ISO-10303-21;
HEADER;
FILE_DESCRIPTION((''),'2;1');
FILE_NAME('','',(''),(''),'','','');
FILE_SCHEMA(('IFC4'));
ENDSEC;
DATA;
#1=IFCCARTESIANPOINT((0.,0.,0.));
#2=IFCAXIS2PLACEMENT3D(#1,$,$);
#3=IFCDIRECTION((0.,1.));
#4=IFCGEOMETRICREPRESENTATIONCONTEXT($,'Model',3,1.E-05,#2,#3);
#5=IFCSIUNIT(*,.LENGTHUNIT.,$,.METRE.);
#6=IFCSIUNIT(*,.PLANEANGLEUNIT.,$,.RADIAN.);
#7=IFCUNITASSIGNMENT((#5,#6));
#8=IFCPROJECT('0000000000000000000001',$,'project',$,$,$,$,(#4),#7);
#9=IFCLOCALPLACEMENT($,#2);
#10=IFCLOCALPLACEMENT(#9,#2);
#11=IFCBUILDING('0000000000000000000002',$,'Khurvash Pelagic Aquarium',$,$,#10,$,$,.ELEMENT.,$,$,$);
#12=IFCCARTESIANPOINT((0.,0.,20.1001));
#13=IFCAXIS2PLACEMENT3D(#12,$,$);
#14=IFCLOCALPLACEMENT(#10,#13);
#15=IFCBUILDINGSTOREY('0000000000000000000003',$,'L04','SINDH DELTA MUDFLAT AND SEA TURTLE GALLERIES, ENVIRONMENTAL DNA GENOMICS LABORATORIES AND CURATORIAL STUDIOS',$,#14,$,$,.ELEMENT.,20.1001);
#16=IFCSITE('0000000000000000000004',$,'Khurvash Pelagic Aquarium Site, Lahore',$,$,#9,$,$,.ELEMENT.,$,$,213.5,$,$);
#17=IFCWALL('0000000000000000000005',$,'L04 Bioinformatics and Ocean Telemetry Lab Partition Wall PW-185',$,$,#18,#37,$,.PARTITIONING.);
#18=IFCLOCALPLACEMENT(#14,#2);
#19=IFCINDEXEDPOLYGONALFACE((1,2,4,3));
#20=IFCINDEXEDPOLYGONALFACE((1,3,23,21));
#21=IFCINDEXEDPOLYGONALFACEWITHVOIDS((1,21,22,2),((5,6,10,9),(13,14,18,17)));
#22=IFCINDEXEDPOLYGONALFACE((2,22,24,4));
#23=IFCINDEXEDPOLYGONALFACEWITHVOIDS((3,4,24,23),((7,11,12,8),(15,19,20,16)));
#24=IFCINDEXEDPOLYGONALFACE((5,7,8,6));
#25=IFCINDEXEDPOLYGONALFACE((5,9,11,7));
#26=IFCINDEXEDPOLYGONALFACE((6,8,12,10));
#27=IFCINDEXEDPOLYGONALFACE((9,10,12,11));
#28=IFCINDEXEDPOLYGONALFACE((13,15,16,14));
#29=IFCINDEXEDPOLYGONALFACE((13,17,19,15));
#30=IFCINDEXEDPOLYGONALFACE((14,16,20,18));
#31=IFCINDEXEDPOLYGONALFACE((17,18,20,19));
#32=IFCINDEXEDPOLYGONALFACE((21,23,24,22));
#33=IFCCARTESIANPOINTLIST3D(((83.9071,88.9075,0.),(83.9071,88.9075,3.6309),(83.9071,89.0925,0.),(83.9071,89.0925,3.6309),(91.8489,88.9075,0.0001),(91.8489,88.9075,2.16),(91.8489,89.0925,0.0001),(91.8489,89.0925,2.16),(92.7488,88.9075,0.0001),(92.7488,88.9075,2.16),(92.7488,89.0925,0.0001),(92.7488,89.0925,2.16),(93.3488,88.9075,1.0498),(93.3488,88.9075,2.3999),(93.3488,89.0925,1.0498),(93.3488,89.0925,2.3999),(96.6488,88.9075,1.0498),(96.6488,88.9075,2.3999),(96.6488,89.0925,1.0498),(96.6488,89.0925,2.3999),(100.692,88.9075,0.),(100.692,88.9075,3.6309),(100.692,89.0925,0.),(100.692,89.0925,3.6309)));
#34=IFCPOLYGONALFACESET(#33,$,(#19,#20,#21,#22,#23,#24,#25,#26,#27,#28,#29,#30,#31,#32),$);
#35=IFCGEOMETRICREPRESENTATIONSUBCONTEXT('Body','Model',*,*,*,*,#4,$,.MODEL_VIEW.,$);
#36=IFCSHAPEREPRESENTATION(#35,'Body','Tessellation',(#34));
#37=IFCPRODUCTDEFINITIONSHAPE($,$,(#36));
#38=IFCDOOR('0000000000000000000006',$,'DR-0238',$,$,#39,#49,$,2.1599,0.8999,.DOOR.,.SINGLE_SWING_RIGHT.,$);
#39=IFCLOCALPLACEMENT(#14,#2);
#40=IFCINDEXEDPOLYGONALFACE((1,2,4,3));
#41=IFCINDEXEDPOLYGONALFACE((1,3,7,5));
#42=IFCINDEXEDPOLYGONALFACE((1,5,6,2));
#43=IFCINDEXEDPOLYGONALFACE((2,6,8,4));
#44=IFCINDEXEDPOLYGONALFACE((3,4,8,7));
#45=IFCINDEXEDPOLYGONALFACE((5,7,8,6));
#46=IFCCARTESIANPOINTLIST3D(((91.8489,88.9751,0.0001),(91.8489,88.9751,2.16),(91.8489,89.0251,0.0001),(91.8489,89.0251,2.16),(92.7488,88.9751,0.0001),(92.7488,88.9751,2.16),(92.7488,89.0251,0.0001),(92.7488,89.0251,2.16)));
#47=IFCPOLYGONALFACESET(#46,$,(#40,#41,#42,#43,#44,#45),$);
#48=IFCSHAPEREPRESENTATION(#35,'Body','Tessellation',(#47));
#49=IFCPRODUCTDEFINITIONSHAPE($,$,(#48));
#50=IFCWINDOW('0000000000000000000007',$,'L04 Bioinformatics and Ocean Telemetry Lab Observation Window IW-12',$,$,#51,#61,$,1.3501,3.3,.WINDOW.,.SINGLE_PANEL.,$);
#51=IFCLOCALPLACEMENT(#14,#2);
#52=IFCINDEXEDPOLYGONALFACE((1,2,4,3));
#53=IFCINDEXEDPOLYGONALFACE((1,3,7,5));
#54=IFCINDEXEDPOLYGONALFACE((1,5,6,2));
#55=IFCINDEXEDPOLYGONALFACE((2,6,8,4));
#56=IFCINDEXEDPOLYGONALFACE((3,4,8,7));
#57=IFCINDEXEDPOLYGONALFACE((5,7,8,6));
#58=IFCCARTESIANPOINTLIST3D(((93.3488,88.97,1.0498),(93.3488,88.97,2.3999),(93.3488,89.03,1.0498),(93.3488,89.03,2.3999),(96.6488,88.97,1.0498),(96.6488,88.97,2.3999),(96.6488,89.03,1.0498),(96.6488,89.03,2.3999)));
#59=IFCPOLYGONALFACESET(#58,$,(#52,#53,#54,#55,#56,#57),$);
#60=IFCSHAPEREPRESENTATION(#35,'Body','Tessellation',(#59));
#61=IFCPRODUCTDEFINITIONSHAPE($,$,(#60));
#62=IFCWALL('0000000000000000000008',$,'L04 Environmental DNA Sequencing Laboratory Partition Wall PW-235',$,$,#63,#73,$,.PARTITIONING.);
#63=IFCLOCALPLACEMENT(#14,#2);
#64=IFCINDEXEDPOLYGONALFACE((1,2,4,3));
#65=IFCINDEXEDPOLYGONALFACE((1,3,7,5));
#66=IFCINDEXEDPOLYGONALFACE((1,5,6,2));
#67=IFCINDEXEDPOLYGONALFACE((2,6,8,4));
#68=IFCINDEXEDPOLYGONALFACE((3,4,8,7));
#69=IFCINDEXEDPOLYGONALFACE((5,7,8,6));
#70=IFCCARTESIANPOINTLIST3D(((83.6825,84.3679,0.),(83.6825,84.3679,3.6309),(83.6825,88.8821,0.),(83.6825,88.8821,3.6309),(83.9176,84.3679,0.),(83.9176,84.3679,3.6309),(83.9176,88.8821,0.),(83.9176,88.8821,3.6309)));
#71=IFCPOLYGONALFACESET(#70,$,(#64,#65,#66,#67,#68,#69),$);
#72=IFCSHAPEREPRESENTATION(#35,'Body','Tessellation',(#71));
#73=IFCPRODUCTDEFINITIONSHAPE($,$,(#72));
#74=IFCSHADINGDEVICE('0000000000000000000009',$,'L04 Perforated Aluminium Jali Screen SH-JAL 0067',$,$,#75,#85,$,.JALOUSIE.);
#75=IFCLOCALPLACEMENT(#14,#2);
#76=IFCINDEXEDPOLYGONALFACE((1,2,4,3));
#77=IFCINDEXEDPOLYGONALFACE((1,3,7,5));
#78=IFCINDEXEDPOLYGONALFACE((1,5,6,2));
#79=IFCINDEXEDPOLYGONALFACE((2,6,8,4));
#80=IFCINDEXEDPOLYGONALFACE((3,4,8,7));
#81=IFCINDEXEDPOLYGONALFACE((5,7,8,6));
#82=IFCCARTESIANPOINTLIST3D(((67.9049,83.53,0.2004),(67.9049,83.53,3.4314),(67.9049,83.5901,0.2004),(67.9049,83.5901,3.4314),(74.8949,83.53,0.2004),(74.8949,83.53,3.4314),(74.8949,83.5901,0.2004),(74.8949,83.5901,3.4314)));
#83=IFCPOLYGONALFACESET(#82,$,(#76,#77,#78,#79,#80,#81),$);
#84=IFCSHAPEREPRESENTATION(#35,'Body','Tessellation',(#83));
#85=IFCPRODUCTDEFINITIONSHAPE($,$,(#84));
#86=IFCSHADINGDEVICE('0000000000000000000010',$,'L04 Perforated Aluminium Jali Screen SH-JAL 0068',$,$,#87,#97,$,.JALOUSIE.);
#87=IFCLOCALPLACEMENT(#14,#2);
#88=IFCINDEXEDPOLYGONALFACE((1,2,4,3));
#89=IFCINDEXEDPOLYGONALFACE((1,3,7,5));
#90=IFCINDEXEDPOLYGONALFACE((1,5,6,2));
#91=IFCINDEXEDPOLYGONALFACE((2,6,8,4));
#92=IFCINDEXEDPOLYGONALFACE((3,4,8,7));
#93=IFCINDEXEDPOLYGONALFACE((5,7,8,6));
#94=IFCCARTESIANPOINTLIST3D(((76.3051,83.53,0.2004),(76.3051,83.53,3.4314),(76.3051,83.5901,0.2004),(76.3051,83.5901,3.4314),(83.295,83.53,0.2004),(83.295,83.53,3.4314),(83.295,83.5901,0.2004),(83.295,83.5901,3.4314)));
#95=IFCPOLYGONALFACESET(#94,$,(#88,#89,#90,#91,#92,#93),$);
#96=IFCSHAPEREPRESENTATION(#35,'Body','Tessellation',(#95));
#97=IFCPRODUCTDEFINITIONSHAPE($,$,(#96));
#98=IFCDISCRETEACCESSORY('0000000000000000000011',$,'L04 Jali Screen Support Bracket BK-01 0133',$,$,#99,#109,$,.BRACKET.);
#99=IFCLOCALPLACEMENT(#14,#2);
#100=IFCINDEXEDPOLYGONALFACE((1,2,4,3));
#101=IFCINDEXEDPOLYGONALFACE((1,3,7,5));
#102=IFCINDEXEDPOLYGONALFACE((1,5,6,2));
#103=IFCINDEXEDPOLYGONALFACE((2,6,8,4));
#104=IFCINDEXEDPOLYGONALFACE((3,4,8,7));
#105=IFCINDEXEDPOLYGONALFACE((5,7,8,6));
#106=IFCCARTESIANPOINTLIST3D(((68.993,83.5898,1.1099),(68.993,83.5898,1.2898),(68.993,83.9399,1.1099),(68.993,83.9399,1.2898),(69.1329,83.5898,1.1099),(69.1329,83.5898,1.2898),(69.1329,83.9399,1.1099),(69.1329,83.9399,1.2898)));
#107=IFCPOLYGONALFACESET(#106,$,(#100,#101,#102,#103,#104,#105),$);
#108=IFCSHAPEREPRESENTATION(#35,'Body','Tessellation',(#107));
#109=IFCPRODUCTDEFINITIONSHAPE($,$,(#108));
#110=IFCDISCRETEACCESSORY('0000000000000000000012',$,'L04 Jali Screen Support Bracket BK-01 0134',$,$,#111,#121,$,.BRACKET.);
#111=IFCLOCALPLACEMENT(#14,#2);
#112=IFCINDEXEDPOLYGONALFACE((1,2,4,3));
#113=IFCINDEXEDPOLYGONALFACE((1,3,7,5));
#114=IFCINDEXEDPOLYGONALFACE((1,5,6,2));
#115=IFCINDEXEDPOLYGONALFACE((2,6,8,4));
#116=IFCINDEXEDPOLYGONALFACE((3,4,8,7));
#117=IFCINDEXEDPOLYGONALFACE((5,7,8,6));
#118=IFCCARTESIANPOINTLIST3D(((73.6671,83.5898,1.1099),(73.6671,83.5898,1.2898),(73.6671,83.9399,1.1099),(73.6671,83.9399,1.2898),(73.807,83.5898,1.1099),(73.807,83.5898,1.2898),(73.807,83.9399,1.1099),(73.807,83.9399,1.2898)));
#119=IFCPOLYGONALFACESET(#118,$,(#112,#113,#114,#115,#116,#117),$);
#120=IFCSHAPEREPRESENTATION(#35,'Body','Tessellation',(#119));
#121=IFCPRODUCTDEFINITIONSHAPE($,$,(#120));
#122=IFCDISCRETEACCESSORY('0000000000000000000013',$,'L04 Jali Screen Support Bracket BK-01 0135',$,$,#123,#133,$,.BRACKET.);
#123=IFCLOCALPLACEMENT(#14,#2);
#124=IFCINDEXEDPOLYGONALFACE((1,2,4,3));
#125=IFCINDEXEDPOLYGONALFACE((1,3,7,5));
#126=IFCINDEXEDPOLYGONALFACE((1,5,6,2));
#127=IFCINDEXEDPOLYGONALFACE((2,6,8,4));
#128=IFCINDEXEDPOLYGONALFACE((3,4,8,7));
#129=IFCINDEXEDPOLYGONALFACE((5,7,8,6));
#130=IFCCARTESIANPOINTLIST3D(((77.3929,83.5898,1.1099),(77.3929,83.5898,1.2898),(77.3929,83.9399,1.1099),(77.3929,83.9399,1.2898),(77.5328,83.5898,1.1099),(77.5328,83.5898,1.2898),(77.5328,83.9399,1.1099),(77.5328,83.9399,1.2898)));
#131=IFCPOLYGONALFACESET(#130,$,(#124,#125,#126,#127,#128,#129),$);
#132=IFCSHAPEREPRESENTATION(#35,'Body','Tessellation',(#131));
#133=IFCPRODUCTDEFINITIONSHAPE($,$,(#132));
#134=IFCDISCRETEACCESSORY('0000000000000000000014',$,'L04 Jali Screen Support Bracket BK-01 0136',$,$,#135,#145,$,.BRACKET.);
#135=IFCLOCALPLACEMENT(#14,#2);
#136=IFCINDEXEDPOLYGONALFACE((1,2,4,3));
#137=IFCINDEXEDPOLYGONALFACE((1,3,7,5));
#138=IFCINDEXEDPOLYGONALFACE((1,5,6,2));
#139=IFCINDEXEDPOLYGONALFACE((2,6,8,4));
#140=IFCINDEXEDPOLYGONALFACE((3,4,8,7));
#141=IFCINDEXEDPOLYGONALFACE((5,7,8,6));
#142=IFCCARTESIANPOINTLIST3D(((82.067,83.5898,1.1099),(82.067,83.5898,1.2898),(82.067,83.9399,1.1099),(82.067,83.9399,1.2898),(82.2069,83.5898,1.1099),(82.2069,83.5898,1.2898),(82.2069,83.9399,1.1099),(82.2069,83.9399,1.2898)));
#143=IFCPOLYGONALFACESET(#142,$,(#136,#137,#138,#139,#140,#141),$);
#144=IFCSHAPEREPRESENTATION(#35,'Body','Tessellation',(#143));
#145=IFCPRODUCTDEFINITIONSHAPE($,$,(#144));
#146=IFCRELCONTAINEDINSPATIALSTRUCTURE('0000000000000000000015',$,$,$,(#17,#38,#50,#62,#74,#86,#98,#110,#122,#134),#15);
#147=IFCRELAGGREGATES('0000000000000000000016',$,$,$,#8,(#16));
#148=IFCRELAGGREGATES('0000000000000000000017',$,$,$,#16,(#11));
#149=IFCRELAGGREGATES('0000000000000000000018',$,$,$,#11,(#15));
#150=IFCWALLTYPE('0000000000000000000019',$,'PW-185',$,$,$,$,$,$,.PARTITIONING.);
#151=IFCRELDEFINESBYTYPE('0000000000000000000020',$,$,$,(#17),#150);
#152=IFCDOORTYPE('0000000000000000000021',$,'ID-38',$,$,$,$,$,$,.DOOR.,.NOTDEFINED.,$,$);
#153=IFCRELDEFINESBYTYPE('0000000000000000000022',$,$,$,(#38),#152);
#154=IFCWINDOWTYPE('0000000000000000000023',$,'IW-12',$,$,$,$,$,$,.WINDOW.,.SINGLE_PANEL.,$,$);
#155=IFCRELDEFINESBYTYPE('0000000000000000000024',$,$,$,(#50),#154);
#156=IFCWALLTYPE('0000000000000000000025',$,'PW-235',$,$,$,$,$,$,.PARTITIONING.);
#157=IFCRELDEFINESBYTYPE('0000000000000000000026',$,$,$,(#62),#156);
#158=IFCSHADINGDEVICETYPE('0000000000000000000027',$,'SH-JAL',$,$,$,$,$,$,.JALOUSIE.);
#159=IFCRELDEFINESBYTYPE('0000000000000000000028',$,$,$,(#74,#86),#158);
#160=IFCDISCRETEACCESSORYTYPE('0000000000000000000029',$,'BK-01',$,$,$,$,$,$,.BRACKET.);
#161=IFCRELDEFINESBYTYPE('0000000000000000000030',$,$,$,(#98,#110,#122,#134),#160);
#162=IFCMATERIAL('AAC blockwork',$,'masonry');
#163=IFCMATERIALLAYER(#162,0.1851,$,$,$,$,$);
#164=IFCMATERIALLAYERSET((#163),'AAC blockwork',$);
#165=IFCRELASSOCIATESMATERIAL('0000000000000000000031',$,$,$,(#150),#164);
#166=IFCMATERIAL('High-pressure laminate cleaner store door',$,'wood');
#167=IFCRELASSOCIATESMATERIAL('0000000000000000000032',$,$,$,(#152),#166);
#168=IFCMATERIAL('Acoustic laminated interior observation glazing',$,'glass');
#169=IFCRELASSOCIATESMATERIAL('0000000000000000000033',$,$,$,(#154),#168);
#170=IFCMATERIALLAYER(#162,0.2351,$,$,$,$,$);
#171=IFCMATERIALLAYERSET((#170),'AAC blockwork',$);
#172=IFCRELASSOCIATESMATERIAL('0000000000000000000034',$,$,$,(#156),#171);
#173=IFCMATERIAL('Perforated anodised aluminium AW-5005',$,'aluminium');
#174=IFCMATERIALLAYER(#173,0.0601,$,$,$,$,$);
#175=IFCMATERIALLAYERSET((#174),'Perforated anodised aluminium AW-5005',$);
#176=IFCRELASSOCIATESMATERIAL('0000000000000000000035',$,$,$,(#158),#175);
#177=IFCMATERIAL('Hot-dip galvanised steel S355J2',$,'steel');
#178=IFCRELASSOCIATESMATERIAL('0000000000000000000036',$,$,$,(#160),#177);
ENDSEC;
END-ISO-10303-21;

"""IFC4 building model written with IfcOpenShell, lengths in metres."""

from ifc_helpers import new_model, si_unit, direction, frame, frame_2d, origin, origin_2d, place, context, subcontext, project, spatial, rectangle, extrude, material, layer, layer_set, type_object, element, fill, save


model = new_model("IFC4")

# Units and contexts
model_context = context("Model", 3, precision=1e-05, world=origin(), true_north=direction((0.0, 1.0)))
body_context = subcontext(model_context, "Body", "Model", "MODEL_VIEW")
ifc_project = project(units=[si_unit("LENGTHUNIT", "METRE"), si_unit("PLANEANGLEUNIT", "RADIAN")], contexts=[model_context])

# Site, building, storey
site_placement = place(None, origin())
site = spatial("IfcSite", under=ifc_project, at=site_placement, Name="Khurvash Pelagic Aquarium Site, Lahore", CompositionType="ELEMENT", RefElevation=213.5)
building_placement = place(site_placement, origin())
building = spatial("IfcBuilding", under=site, at=building_placement, Name="Khurvash Pelagic Aquarium", CompositionType="ELEMENT")
storey_placement = place(building_placement, frame((0.0, 0.0, 20.1001)))
storey = spatial("IfcBuildingStorey", under=building, at=storey_placement, Name="L04", Description="SINDH DELTA MUDFLAT AND SEA TURTLE GALLERIES, ENVIRONMENTAL DNA GENOMICS LABORATORIES AND CURATORIAL STUDIOS", CompositionType="ELEMENT", Elevation=20.1001)

# Wall, openings, door, window
ifc_material_1 = material(Name="AAC blockwork", Category="masonry")
ifc_layer_1 = layer(ifc_material_1, 0.1851)
ifc_layer_set_1 = layer_set([ifc_layer_1], Name="AAC blockwork")
wall_type_1 = type_object("IfcWallType", Name="PW-185", PredefinedType="PARTITIONING", material=ifc_layer_set_1)
wall_1_placement = place(storey_placement, frame((83.907, 89.0, 0.0), z_axis=(0.0, 0.0, 1.0), x_axis=(1.0, 0.0, 0.0)))
wall_1 = element("IfcWall", 1, at=wall_1_placement, inside=storey, type_object=wall_type_1, Name="L04 Bioinformatics and Ocean Telemetry Lab Partition Wall PW-185", PredefinedType="PARTITIONING", context=body_context, shape_type="SweptSolid", body=[
    extrude(rectangle(XDim=16.7849, YDim=0.1851, at=frame_2d((8.3926, 0.0))), origin(), (0.0, 0.0, 1.0), 3.6309),
])
opening_1_placement = place(wall_1_placement, frame((7.9419, 0.0, 0.0)))
opening_1 = element("IfcOpeningElement", 2, at=opening_1_placement, cuts=wall_1, PredefinedType="OPENING", context=body_context, shape_type="SweptSolid", body=[
    extrude(rectangle(XDim=0.8999, YDim=2.1599, at=frame_2d((0.45, 1.0801))), frame((0.0, 0.1025, 0.0), z_axis=(0.0, -1.0, 0.0), x_axis=(1.0, 0.0, 0.0)), (0.0, 0.0, 1.0), 0.2051),
])
opening_2_placement = place(wall_1_placement, frame((9.4419, 0.0, 1.0498)))
opening_2 = element("IfcOpeningElement", 3, at=opening_2_placement, cuts=wall_1, PredefinedType="OPENING", context=body_context, shape_type="SweptSolid", body=[
    extrude(rectangle(XDim=3.3, YDim=1.3501, at=frame_2d((1.6499, 0.675))), frame((0.0, 0.1025, 0.0), z_axis=(0.0, -1.0, 0.0), x_axis=(1.0, 0.0, 0.0)), (0.0, 0.0, 1.0), 0.2051),
])
ifc_material_2 = material(Name="High-pressure laminate cleaner store door", Category="wood")
door_type = type_object("IfcDoorType", Name="ID-38", OperationType="NOTDEFINED", PredefinedType="DOOR", material=ifc_material_2)
door_placement = place(opening_1_placement, frame((0.8999, 0.0, 0.0), z_axis=(0.0, 0.0, 1.0), x_axis=(-1.0, 0.0, 0.0)))
door = element("IfcDoor", 4, at=door_placement, inside=storey, type_object=door_type, Name="DR-0238", OperationType="SINGLE_SWING_RIGHT", OverallHeight=2.1599, OverallWidth=0.8999, PredefinedType="DOOR", context=body_context, shape_type="SweptSolid", body=[
    extrude(rectangle(XDim=0.8999, YDim=2.1599, at=frame_2d((0.45, 1.0801))), frame((0.0, 0.0249, 0.0), z_axis=(0.0, -1.0, 0.0), x_axis=(1.0, 0.0, 0.0)), (0.0, 0.0, 1.0), 0.05),
])
fill(opening_1, door)
ifc_material_3 = material(Name="Acoustic laminated interior observation glazing", Category="glass")
window_type_1 = type_object("IfcWindowType", Name="IW-12", PartitioningType="SINGLE_PANEL", PredefinedType="WINDOW", material=ifc_material_3)
window_1_placement = place(opening_2_placement, origin())
window_1 = element("IfcWindow", 5, at=window_1_placement, inside=storey, type_object=window_type_1, Name="L04 Bioinformatics and Ocean Telemetry Lab Observation Window IW-12", OverallHeight=1.3501, OverallWidth=3.3, PartitioningType="SINGLE_PANEL", PredefinedType="WINDOW", context=body_context, shape_type="SweptSolid", body=[
    extrude(rectangle(XDim=3.3, YDim=1.3501, at=frame_2d((1.6499, 0.675))), frame((0.0, 0.03, 0.0), z_axis=(0.0, -1.0, 0.0), x_axis=(1.0, 0.0, 0.0)), (0.0, 0.0, 1.0), 0.0601),
])
fill(opening_2, window_1)

# Wall
ifc_layer_2 = layer(ifc_material_1, 0.2351)
ifc_layer_set_2 = layer_set([ifc_layer_2], Name="AAC blockwork")
wall_type_2 = type_object("IfcWallType", Name="PW-235", PredefinedType="PARTITIONING", material=ifc_layer_set_2)
wall_2_placement = place(storey_placement, frame((83.8, 84.3679, 0.0), z_axis=(0.0, 0.0, 1.0), x_axis=(0.0, 1.0, 0.0)))
element("IfcWall", 6, at=wall_2_placement, inside=storey, type_object=wall_type_2, Name="L04 Environmental DNA Sequencing Laboratory Partition Wall PW-235", PredefinedType="PARTITIONING", context=body_context, shape_type="SweptSolid", body=[
    extrude(rectangle(XDim=4.5142, YDim=0.2351, at=frame_2d((2.2571, 0.0))), origin(), (0.0, 0.0, 1.0), 3.6309),
])

# Shading devices
ifc_material_4 = material(Name="Perforated anodised aluminium AW-5005", Category="aluminium")
ifc_layer_3 = layer(ifc_material_4, 0.0601)
ifc_layer_set_3 = layer_set([ifc_layer_3], Name="Perforated anodised aluminium AW-5005")
shading_device_type = type_object("IfcShadingDeviceType", Name="SH-JAL", PredefinedType="JALOUSIE", material=ifc_layer_set_3)
for number, where, z_axis, x_axis, name in (
    (7, (71.3999, 83.5601, 0.2004), (0.0, 0.0, 1.0), (1.0, 0.0, 0.0), "L04 Perforated Aluminium Jali Screen SH-JAL 0067"),
    (8, (79.8, 83.5601, 0.2004), (0.0, 0.0, 1.0), (1.0, 0.0, 0.0), "L04 Perforated Aluminium Jali Screen SH-JAL 0068"),
):
    element("IfcShadingDevice", number, at=place(storey_placement, frame(where, z_axis=z_axis, x_axis=x_axis)), inside=storey, type_object=shading_device_type, Name=name, PredefinedType="JALOUSIE", context=body_context, shape_type="SweptSolid", body=[
        extrude(rectangle(XDim=6.99, YDim=0.0601, at=origin_2d()), origin(), (0.0, 0.0, 1.0), 3.231),
    ])

# Discrete accessories
ifc_material_5 = material(Name="Hot-dip galvanised steel S355J2", Category="steel")
discrete_accessory_type = type_object("IfcDiscreteAccessoryType", Name="BK-01", PredefinedType="BRACKET", material=ifc_material_5)
for number, where, z_axis, x_axis, name in (
    (9, (69.063, 83.7649, 1.1099), (0.0, 0.0, 1.0), (1.0, 0.0, 0.0), "L04 Jali Screen Support Bracket BK-01 0133"),
    (10, (73.7371, 83.7649, 1.1099), (0.0, 0.0, 1.0), (1.0, 0.0, 0.0), "L04 Jali Screen Support Bracket BK-01 0134"),
    (11, (77.4629, 83.7649, 1.1099), (0.0, 0.0, 1.0), (1.0, 0.0, 0.0), "L04 Jali Screen Support Bracket BK-01 0135"),
    (12, (82.137, 83.7649, 1.1099), (0.0, 0.0, 1.0), (1.0, 0.0, 0.0), "L04 Jali Screen Support Bracket BK-01 0136"),
):
    element("IfcDiscreteAccessory", number, at=place(storey_placement, frame(where, z_axis=z_axis, x_axis=x_axis)), inside=storey, type_object=discrete_accessory_type, Name=name, PredefinedType="BRACKET", context=body_context, shape_type="SweptSolid", body=[
        extrude(rectangle(XDim=0.1399, YDim=0.3501, at=origin_2d()), origin(), (0.0, 0.0, 1.0), 0.1799),
    ])

save(model, "model.ifc")
